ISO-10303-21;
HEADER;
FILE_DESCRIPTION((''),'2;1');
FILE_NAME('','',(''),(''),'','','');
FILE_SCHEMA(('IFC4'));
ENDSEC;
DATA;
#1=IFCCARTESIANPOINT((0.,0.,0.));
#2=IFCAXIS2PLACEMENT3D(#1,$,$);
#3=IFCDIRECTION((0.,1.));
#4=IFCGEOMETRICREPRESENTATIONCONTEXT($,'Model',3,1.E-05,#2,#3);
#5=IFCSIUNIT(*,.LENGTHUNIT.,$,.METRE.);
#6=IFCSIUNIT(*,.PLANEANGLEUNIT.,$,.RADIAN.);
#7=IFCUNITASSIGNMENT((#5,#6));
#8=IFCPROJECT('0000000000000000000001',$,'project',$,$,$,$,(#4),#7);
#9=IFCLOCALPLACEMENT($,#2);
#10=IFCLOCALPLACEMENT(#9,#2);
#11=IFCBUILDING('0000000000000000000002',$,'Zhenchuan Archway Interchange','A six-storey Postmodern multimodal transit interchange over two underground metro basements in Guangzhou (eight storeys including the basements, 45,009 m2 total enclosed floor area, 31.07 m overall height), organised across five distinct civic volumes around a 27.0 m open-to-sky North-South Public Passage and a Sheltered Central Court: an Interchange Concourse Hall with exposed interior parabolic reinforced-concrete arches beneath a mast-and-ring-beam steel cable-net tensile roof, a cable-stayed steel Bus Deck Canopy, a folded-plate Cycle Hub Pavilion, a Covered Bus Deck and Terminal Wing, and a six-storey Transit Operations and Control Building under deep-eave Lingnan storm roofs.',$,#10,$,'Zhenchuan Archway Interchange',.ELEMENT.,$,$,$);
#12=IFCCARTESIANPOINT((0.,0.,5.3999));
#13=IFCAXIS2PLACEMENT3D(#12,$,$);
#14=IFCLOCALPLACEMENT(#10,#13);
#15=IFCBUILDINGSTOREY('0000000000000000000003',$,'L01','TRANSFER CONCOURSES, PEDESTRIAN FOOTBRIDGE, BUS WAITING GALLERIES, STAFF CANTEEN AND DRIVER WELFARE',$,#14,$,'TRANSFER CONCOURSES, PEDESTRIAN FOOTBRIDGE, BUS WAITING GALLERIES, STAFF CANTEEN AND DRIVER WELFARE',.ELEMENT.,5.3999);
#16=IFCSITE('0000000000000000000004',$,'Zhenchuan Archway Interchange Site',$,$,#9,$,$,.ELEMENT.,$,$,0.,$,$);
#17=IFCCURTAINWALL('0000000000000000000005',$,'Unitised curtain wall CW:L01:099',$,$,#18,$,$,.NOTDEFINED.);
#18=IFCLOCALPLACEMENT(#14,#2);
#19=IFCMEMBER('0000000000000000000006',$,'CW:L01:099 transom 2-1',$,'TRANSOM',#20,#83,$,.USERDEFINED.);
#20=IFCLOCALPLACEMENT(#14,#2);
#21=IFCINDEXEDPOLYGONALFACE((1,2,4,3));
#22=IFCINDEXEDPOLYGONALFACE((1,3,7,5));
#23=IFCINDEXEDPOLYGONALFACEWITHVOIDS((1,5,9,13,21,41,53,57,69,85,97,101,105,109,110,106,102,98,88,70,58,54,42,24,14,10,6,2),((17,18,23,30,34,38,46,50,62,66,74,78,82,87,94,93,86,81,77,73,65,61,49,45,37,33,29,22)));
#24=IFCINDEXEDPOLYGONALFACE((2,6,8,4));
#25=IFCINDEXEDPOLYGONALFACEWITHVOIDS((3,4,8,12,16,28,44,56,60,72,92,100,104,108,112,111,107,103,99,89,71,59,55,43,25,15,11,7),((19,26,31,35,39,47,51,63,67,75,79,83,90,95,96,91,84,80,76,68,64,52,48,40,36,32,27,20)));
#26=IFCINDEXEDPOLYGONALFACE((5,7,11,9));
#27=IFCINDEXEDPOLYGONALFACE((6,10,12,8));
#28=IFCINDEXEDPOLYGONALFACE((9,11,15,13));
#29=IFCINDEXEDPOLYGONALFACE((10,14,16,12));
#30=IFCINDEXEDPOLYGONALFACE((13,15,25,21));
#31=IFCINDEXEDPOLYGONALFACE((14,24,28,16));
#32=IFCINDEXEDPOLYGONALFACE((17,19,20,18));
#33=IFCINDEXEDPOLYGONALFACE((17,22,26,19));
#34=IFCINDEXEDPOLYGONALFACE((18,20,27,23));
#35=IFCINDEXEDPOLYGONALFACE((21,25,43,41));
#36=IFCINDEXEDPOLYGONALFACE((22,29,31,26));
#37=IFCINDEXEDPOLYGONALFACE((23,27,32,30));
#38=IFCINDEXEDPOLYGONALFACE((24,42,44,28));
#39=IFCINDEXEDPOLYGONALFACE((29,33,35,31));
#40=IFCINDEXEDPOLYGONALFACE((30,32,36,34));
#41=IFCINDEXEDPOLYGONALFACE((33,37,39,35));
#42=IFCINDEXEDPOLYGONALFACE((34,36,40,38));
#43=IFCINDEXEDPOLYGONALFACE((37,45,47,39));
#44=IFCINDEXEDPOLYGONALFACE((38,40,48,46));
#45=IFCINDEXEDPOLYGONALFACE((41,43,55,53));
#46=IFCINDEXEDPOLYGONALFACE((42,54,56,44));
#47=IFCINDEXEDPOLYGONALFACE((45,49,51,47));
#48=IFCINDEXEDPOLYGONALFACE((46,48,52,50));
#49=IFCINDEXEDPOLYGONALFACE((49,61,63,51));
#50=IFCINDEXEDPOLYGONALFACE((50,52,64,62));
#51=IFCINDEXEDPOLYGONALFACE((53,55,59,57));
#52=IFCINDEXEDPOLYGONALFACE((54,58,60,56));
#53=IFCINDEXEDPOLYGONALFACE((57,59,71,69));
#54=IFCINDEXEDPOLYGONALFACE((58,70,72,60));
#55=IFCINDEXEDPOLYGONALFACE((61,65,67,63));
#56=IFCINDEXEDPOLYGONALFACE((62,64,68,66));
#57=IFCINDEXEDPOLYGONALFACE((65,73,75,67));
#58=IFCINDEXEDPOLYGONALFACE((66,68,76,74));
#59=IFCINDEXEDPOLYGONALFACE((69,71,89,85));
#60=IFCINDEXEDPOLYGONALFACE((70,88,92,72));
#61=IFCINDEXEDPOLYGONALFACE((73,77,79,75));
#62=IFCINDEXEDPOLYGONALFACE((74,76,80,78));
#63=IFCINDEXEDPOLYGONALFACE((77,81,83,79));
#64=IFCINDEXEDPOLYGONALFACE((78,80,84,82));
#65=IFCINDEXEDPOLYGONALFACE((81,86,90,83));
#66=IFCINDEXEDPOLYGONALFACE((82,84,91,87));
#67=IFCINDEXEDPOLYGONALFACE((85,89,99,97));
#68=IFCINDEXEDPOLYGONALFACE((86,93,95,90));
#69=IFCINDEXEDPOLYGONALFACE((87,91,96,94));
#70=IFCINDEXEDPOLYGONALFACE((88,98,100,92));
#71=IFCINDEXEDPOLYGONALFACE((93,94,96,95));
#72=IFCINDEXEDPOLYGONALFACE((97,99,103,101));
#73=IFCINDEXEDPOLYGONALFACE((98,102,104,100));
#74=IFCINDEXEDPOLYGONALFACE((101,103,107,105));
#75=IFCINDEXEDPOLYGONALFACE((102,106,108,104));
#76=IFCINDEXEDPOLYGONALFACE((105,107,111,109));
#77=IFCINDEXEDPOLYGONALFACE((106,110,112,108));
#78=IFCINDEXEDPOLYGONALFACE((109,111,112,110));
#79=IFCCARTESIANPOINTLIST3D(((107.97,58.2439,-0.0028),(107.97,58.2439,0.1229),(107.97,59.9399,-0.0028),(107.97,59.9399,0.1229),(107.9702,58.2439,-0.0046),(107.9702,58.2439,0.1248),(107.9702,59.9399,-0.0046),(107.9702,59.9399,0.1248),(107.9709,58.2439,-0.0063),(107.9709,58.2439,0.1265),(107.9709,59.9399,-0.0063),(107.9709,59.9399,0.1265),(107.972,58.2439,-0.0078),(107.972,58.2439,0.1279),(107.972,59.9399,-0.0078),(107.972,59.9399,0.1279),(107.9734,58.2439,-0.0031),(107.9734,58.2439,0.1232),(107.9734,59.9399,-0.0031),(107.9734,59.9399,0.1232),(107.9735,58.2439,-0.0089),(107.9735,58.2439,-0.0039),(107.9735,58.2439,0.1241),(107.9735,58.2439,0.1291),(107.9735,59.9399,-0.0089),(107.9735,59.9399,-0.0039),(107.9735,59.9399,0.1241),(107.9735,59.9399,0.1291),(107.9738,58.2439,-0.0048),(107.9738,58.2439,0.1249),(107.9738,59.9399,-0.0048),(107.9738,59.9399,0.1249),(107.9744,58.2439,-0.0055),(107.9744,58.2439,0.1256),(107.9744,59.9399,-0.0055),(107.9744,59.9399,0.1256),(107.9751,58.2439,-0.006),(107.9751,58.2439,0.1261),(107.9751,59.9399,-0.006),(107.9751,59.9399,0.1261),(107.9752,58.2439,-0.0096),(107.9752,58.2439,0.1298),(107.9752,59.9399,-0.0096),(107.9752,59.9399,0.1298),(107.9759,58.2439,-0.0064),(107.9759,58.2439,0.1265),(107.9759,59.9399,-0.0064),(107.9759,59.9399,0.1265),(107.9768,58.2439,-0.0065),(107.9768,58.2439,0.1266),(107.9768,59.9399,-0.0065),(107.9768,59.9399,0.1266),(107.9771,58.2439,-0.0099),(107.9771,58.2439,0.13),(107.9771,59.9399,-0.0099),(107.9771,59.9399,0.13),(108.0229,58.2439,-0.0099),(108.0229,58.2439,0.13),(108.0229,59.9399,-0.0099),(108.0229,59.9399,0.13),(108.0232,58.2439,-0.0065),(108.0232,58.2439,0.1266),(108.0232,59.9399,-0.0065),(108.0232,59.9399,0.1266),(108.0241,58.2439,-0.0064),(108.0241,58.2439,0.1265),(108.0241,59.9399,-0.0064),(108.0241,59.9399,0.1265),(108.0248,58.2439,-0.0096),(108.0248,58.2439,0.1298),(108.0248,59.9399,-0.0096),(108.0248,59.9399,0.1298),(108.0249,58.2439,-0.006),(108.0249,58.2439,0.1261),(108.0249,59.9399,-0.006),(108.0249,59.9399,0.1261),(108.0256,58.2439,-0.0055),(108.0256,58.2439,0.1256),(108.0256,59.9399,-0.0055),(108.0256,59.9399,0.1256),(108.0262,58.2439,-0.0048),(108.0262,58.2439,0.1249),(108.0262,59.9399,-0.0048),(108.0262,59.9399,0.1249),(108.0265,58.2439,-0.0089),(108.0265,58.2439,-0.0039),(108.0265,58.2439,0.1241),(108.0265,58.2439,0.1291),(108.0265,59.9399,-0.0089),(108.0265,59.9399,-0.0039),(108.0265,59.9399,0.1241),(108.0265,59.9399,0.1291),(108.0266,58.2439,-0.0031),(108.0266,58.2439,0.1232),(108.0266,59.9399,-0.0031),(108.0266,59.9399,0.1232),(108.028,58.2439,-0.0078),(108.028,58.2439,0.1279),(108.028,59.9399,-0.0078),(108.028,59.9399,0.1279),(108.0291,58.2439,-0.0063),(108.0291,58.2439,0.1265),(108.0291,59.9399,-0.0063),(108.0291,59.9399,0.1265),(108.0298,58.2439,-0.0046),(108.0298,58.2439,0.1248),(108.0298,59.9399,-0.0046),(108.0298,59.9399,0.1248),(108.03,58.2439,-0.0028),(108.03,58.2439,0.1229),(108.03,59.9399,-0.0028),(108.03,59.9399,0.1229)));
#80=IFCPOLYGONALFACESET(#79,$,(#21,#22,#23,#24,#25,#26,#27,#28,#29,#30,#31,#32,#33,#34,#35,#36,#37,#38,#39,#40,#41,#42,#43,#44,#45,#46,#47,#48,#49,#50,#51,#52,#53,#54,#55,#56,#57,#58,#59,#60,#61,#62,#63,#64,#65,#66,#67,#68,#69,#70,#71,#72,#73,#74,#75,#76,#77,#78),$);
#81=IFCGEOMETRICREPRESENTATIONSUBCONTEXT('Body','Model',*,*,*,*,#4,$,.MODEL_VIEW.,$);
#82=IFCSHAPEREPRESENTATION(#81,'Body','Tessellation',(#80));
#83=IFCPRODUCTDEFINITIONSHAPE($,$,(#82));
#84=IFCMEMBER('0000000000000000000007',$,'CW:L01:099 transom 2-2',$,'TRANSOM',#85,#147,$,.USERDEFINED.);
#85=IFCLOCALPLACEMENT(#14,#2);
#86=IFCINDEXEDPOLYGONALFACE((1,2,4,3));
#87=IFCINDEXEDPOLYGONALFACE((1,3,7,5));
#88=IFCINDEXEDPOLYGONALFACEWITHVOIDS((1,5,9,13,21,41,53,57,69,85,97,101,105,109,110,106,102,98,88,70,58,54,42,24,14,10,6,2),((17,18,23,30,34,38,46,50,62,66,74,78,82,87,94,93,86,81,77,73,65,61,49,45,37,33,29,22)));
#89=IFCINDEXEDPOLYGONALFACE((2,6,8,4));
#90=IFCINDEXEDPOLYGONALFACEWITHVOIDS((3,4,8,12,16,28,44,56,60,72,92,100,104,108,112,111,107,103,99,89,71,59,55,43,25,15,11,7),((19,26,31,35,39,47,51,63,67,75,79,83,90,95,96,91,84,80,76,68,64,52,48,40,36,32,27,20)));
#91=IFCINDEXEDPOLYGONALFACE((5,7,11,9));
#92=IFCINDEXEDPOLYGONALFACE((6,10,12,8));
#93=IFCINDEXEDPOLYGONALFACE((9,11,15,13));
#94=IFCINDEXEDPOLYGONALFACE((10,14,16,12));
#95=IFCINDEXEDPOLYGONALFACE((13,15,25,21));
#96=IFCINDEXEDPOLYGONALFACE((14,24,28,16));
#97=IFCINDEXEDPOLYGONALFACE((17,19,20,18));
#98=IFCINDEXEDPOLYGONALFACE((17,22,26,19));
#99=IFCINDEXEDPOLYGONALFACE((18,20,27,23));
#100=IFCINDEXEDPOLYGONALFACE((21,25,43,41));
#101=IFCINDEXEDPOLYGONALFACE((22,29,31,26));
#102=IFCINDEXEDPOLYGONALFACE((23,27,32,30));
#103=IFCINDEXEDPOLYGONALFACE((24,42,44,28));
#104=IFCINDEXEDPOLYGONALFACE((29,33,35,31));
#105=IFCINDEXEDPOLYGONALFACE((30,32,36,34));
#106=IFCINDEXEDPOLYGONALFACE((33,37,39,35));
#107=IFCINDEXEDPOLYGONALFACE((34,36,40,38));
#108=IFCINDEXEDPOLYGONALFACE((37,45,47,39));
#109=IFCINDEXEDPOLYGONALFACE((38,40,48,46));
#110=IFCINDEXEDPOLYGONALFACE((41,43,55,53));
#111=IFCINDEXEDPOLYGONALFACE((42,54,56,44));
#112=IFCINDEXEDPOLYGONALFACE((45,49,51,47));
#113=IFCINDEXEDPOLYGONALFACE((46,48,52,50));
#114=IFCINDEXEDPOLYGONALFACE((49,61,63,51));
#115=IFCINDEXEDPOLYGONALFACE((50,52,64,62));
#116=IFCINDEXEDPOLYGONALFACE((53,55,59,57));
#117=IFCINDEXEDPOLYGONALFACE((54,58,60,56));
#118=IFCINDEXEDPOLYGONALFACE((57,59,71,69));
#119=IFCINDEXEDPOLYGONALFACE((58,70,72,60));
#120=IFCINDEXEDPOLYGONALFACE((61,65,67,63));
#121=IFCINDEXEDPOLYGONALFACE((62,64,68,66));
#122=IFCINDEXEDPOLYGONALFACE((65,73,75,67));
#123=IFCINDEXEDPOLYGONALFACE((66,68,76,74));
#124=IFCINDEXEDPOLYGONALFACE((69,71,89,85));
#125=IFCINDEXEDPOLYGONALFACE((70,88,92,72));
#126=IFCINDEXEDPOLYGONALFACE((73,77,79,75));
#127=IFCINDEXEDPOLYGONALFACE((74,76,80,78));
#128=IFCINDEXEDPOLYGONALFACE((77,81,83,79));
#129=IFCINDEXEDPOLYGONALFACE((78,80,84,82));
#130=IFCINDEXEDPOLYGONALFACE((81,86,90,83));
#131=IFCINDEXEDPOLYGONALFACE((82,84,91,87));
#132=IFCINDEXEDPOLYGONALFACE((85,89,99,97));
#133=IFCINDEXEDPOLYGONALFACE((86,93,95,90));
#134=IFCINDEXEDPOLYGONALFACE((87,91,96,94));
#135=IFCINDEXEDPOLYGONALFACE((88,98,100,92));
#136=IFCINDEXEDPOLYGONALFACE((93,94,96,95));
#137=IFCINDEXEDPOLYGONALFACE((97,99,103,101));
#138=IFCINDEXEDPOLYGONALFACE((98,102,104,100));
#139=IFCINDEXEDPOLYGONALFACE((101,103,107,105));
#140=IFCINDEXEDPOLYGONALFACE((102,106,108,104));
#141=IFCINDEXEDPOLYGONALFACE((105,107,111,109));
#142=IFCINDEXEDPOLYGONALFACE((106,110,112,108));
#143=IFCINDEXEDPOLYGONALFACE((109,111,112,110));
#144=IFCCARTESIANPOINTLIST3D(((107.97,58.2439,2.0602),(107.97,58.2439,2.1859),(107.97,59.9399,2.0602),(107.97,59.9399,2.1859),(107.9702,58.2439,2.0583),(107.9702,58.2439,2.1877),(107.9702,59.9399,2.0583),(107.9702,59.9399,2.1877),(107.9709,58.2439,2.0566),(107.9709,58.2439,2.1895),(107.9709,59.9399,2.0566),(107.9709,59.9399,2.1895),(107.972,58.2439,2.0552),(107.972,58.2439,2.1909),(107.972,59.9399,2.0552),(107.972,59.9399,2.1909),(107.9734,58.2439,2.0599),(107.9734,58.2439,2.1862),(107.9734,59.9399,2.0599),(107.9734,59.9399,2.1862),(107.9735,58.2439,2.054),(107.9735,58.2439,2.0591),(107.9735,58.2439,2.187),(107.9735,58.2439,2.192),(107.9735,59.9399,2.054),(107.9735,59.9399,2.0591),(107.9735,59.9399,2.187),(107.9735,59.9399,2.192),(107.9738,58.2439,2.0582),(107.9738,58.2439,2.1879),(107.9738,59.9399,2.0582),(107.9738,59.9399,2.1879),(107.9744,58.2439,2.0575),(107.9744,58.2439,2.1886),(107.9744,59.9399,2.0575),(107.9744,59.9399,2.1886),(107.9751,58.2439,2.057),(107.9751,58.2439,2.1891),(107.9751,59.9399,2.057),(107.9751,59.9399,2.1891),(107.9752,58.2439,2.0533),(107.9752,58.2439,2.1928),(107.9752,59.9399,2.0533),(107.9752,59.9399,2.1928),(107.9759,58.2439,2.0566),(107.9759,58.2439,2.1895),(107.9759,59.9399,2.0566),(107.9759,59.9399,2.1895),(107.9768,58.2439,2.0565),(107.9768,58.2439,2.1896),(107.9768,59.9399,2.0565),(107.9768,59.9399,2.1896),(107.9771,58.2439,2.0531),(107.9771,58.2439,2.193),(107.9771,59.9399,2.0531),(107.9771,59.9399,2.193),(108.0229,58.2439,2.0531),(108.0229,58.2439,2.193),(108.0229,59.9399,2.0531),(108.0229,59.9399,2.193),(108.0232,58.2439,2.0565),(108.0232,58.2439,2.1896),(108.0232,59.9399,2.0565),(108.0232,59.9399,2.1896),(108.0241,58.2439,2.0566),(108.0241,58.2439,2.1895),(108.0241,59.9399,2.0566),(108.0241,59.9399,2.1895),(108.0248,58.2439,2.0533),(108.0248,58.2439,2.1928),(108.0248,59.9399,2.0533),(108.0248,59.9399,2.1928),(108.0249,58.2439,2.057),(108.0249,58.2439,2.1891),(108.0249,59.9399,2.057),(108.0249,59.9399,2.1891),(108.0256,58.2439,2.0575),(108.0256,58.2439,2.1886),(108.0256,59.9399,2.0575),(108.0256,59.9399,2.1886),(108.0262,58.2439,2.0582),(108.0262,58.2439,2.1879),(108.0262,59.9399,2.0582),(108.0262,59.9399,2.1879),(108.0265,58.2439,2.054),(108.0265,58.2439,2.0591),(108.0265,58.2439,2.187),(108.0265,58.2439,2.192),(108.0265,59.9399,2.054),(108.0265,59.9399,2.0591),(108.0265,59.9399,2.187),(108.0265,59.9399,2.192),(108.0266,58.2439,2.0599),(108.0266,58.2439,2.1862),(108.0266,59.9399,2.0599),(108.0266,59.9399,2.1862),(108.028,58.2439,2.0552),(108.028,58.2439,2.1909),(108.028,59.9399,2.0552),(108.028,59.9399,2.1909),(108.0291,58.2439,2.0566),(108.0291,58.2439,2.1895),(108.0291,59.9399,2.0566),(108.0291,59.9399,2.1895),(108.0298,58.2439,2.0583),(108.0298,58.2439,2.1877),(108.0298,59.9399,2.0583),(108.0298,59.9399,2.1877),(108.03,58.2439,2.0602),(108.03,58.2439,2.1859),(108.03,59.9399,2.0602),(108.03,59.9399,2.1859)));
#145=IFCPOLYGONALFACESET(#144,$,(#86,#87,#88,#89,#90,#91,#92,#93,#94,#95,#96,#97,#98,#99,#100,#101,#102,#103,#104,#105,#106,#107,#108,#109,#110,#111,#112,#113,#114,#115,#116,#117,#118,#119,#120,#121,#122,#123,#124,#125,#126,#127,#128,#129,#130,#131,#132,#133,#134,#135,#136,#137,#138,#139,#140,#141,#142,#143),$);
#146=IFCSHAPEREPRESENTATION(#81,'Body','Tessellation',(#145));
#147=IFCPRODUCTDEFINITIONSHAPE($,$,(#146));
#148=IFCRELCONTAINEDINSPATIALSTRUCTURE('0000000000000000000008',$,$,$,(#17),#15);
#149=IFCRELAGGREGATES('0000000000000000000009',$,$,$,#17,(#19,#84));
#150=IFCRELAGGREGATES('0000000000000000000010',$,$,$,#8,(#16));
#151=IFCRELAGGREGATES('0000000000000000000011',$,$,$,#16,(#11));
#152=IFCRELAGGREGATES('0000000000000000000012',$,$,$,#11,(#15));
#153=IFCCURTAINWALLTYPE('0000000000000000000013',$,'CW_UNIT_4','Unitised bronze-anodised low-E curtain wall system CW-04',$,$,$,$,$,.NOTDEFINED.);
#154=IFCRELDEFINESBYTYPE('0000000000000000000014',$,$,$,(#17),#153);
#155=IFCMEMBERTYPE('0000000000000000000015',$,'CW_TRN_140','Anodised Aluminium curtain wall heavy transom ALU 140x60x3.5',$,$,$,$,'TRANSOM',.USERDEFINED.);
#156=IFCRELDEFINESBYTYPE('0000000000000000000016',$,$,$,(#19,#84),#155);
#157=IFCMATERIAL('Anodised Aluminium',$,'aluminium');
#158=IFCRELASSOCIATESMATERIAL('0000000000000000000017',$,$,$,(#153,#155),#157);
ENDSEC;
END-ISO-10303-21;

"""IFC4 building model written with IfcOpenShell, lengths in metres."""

from ifc_helpers import new_model, si_unit, direction, frame, origin, origin_2d, place, context, subcontext, project, spatial, hollow_rectangle, extrude, material, material_profile, profile_set, type_object, element, aggregate, save


model = new_model("IFC4")

# Units and contexts
model_context = context("Model", 3, precision=1e-05, world=origin(), true_north=direction((0.0, 1.0)))
body_context = subcontext(model_context, "Body", "Model", "MODEL_VIEW")
ifc_project = project(units=[si_unit("LENGTHUNIT", "METRE"), si_unit("PLANEANGLEUNIT", "RADIAN")], contexts=[model_context])

# Site, building, storey
site_placement = place(None, origin())
site = spatial("IfcSite", under=ifc_project, at=site_placement, Name="Zhenchuan Archway Interchange Site", CompositionType="ELEMENT", RefElevation=0.0)
building_placement = place(site_placement, origin())
building = spatial("IfcBuilding", under=site, at=building_placement, Name="Zhenchuan Archway Interchange", Description="A six-storey Postmodern multimodal transit interchange over two underground metro basements in Guangzhou (eight storeys including the basements, 45,009 m2 total enclosed floor area, 31.07 m overall height), organised across five distinct civic volumes around a 27.0 m open-to-sky North-South Public Passage and a Sheltered Central Court: an Interchange Concourse Hall with exposed interior parabolic reinforced-concrete arches beneath a mast-and-ring-beam steel cable-net tensile roof, a cable-stayed steel Bus Deck Canopy, a folded-plate Cycle Hub Pavilion, a Covered Bus Deck and Terminal Wing, and a six-storey Transit Operations and Control Building under deep-eave Lingnan storm roofs.", LongName="Zhenchuan Archway Interchange", CompositionType="ELEMENT")
storey_placement = place(building_placement, frame((0.0, 0.0, 5.3999)))
storey = spatial("IfcBuildingStorey", under=building, at=storey_placement, Name="L01", Description="TRANSFER CONCOURSES, PEDESTRIAN FOOTBRIDGE, BUS WAITING GALLERIES, STAFF CANTEEN AND DRIVER WELFARE", LongName="TRANSFER CONCOURSES, PEDESTRIAN FOOTBRIDGE, BUS WAITING GALLERIES, STAFF CANTEEN AND DRIVER WELFARE", CompositionType="ELEMENT", Elevation=5.3999)

# Curtain wall, members
ifc_material_1 = material(Name="Anodised Aluminium", Category="aluminium")
curtain_wall_type = type_object("IfcCurtainWallType", Name="CW_UNIT_4", Description="Unitised bronze-anodised low-E curtain wall system CW-04", PredefinedType="NOTDEFINED", material=ifc_material_1)
curtain_wall_placement = place(storey_placement, origin())
curtain_wall = element("IfcCurtainWall", 1, at=curtain_wall_placement, inside=storey, type_object=curtain_wall_type, Name="Unitised curtain wall CW:L01:099", PredefinedType="NOTDEFINED")
ifc_material_profile_1 = material_profile(ifc_material_1, hollow_rectangle(XDim=0.0601, YDim=0.1399, WallThickness=0.0034, InnerFilletRadius=0.0034, OuterFilletRadius=0.0071, at=origin_2d()), Name="ALU 140x60x3.5")
ifc_profile_set_1 = profile_set([ifc_material_profile_1], Name="Anodised Aluminium")
member_type_1 = type_object("IfcMemberType", Name="CW_TRN_140", Description="Anodised Aluminium curtain wall heavy transom ALU 140x60x3.5", ElementType="TRANSOM", PredefinedType="USERDEFINED", material=ifc_profile_set_1)
member_1_placement = place(storey_placement, frame((108.0, 59.9399, 0.0601), z_axis=(0.0, -1.0, 0.0), x_axis=(1.0, 0.0, 0.0)))
member_1 = element("IfcMember", 2, at=member_1_placement, type_object=member_type_1, Name="CW:L01:099 transom 2-1", ObjectType="TRANSOM", PredefinedType="USERDEFINED", context=body_context, shape_type="SweptSolid", body=[
    extrude(hollow_rectangle(XDim=0.0601, YDim=0.1399, WallThickness=0.0034, InnerFilletRadius=0.0034, OuterFilletRadius=0.0071, at=origin_2d()), origin(), (0.0, 0.0, 1.0), 1.696),
])
member_2_placement = place(storey_placement, frame((108.0, 59.9399, 2.123), z_axis=(0.0, -1.0, 0.0), x_axis=(1.0, 0.0, 0.0)))
member_2 = element("IfcMember", 3, at=member_2_placement, type_object=member_type_1, Name="CW:L01:099 transom 2-2", ObjectType="TRANSOM", PredefinedType="USERDEFINED", context=body_context, shape_type="SweptSolid", body=[
    extrude(hollow_rectangle(XDim=0.0601, YDim=0.1399, WallThickness=0.0034, InnerFilletRadius=0.0034, OuterFilletRadius=0.0071, at=origin_2d()), origin(), (0.0, 0.0, 1.0), 1.696),
])
aggregate(curtain_wall, [member_1, member_2])

save(model, "model.ifc")
